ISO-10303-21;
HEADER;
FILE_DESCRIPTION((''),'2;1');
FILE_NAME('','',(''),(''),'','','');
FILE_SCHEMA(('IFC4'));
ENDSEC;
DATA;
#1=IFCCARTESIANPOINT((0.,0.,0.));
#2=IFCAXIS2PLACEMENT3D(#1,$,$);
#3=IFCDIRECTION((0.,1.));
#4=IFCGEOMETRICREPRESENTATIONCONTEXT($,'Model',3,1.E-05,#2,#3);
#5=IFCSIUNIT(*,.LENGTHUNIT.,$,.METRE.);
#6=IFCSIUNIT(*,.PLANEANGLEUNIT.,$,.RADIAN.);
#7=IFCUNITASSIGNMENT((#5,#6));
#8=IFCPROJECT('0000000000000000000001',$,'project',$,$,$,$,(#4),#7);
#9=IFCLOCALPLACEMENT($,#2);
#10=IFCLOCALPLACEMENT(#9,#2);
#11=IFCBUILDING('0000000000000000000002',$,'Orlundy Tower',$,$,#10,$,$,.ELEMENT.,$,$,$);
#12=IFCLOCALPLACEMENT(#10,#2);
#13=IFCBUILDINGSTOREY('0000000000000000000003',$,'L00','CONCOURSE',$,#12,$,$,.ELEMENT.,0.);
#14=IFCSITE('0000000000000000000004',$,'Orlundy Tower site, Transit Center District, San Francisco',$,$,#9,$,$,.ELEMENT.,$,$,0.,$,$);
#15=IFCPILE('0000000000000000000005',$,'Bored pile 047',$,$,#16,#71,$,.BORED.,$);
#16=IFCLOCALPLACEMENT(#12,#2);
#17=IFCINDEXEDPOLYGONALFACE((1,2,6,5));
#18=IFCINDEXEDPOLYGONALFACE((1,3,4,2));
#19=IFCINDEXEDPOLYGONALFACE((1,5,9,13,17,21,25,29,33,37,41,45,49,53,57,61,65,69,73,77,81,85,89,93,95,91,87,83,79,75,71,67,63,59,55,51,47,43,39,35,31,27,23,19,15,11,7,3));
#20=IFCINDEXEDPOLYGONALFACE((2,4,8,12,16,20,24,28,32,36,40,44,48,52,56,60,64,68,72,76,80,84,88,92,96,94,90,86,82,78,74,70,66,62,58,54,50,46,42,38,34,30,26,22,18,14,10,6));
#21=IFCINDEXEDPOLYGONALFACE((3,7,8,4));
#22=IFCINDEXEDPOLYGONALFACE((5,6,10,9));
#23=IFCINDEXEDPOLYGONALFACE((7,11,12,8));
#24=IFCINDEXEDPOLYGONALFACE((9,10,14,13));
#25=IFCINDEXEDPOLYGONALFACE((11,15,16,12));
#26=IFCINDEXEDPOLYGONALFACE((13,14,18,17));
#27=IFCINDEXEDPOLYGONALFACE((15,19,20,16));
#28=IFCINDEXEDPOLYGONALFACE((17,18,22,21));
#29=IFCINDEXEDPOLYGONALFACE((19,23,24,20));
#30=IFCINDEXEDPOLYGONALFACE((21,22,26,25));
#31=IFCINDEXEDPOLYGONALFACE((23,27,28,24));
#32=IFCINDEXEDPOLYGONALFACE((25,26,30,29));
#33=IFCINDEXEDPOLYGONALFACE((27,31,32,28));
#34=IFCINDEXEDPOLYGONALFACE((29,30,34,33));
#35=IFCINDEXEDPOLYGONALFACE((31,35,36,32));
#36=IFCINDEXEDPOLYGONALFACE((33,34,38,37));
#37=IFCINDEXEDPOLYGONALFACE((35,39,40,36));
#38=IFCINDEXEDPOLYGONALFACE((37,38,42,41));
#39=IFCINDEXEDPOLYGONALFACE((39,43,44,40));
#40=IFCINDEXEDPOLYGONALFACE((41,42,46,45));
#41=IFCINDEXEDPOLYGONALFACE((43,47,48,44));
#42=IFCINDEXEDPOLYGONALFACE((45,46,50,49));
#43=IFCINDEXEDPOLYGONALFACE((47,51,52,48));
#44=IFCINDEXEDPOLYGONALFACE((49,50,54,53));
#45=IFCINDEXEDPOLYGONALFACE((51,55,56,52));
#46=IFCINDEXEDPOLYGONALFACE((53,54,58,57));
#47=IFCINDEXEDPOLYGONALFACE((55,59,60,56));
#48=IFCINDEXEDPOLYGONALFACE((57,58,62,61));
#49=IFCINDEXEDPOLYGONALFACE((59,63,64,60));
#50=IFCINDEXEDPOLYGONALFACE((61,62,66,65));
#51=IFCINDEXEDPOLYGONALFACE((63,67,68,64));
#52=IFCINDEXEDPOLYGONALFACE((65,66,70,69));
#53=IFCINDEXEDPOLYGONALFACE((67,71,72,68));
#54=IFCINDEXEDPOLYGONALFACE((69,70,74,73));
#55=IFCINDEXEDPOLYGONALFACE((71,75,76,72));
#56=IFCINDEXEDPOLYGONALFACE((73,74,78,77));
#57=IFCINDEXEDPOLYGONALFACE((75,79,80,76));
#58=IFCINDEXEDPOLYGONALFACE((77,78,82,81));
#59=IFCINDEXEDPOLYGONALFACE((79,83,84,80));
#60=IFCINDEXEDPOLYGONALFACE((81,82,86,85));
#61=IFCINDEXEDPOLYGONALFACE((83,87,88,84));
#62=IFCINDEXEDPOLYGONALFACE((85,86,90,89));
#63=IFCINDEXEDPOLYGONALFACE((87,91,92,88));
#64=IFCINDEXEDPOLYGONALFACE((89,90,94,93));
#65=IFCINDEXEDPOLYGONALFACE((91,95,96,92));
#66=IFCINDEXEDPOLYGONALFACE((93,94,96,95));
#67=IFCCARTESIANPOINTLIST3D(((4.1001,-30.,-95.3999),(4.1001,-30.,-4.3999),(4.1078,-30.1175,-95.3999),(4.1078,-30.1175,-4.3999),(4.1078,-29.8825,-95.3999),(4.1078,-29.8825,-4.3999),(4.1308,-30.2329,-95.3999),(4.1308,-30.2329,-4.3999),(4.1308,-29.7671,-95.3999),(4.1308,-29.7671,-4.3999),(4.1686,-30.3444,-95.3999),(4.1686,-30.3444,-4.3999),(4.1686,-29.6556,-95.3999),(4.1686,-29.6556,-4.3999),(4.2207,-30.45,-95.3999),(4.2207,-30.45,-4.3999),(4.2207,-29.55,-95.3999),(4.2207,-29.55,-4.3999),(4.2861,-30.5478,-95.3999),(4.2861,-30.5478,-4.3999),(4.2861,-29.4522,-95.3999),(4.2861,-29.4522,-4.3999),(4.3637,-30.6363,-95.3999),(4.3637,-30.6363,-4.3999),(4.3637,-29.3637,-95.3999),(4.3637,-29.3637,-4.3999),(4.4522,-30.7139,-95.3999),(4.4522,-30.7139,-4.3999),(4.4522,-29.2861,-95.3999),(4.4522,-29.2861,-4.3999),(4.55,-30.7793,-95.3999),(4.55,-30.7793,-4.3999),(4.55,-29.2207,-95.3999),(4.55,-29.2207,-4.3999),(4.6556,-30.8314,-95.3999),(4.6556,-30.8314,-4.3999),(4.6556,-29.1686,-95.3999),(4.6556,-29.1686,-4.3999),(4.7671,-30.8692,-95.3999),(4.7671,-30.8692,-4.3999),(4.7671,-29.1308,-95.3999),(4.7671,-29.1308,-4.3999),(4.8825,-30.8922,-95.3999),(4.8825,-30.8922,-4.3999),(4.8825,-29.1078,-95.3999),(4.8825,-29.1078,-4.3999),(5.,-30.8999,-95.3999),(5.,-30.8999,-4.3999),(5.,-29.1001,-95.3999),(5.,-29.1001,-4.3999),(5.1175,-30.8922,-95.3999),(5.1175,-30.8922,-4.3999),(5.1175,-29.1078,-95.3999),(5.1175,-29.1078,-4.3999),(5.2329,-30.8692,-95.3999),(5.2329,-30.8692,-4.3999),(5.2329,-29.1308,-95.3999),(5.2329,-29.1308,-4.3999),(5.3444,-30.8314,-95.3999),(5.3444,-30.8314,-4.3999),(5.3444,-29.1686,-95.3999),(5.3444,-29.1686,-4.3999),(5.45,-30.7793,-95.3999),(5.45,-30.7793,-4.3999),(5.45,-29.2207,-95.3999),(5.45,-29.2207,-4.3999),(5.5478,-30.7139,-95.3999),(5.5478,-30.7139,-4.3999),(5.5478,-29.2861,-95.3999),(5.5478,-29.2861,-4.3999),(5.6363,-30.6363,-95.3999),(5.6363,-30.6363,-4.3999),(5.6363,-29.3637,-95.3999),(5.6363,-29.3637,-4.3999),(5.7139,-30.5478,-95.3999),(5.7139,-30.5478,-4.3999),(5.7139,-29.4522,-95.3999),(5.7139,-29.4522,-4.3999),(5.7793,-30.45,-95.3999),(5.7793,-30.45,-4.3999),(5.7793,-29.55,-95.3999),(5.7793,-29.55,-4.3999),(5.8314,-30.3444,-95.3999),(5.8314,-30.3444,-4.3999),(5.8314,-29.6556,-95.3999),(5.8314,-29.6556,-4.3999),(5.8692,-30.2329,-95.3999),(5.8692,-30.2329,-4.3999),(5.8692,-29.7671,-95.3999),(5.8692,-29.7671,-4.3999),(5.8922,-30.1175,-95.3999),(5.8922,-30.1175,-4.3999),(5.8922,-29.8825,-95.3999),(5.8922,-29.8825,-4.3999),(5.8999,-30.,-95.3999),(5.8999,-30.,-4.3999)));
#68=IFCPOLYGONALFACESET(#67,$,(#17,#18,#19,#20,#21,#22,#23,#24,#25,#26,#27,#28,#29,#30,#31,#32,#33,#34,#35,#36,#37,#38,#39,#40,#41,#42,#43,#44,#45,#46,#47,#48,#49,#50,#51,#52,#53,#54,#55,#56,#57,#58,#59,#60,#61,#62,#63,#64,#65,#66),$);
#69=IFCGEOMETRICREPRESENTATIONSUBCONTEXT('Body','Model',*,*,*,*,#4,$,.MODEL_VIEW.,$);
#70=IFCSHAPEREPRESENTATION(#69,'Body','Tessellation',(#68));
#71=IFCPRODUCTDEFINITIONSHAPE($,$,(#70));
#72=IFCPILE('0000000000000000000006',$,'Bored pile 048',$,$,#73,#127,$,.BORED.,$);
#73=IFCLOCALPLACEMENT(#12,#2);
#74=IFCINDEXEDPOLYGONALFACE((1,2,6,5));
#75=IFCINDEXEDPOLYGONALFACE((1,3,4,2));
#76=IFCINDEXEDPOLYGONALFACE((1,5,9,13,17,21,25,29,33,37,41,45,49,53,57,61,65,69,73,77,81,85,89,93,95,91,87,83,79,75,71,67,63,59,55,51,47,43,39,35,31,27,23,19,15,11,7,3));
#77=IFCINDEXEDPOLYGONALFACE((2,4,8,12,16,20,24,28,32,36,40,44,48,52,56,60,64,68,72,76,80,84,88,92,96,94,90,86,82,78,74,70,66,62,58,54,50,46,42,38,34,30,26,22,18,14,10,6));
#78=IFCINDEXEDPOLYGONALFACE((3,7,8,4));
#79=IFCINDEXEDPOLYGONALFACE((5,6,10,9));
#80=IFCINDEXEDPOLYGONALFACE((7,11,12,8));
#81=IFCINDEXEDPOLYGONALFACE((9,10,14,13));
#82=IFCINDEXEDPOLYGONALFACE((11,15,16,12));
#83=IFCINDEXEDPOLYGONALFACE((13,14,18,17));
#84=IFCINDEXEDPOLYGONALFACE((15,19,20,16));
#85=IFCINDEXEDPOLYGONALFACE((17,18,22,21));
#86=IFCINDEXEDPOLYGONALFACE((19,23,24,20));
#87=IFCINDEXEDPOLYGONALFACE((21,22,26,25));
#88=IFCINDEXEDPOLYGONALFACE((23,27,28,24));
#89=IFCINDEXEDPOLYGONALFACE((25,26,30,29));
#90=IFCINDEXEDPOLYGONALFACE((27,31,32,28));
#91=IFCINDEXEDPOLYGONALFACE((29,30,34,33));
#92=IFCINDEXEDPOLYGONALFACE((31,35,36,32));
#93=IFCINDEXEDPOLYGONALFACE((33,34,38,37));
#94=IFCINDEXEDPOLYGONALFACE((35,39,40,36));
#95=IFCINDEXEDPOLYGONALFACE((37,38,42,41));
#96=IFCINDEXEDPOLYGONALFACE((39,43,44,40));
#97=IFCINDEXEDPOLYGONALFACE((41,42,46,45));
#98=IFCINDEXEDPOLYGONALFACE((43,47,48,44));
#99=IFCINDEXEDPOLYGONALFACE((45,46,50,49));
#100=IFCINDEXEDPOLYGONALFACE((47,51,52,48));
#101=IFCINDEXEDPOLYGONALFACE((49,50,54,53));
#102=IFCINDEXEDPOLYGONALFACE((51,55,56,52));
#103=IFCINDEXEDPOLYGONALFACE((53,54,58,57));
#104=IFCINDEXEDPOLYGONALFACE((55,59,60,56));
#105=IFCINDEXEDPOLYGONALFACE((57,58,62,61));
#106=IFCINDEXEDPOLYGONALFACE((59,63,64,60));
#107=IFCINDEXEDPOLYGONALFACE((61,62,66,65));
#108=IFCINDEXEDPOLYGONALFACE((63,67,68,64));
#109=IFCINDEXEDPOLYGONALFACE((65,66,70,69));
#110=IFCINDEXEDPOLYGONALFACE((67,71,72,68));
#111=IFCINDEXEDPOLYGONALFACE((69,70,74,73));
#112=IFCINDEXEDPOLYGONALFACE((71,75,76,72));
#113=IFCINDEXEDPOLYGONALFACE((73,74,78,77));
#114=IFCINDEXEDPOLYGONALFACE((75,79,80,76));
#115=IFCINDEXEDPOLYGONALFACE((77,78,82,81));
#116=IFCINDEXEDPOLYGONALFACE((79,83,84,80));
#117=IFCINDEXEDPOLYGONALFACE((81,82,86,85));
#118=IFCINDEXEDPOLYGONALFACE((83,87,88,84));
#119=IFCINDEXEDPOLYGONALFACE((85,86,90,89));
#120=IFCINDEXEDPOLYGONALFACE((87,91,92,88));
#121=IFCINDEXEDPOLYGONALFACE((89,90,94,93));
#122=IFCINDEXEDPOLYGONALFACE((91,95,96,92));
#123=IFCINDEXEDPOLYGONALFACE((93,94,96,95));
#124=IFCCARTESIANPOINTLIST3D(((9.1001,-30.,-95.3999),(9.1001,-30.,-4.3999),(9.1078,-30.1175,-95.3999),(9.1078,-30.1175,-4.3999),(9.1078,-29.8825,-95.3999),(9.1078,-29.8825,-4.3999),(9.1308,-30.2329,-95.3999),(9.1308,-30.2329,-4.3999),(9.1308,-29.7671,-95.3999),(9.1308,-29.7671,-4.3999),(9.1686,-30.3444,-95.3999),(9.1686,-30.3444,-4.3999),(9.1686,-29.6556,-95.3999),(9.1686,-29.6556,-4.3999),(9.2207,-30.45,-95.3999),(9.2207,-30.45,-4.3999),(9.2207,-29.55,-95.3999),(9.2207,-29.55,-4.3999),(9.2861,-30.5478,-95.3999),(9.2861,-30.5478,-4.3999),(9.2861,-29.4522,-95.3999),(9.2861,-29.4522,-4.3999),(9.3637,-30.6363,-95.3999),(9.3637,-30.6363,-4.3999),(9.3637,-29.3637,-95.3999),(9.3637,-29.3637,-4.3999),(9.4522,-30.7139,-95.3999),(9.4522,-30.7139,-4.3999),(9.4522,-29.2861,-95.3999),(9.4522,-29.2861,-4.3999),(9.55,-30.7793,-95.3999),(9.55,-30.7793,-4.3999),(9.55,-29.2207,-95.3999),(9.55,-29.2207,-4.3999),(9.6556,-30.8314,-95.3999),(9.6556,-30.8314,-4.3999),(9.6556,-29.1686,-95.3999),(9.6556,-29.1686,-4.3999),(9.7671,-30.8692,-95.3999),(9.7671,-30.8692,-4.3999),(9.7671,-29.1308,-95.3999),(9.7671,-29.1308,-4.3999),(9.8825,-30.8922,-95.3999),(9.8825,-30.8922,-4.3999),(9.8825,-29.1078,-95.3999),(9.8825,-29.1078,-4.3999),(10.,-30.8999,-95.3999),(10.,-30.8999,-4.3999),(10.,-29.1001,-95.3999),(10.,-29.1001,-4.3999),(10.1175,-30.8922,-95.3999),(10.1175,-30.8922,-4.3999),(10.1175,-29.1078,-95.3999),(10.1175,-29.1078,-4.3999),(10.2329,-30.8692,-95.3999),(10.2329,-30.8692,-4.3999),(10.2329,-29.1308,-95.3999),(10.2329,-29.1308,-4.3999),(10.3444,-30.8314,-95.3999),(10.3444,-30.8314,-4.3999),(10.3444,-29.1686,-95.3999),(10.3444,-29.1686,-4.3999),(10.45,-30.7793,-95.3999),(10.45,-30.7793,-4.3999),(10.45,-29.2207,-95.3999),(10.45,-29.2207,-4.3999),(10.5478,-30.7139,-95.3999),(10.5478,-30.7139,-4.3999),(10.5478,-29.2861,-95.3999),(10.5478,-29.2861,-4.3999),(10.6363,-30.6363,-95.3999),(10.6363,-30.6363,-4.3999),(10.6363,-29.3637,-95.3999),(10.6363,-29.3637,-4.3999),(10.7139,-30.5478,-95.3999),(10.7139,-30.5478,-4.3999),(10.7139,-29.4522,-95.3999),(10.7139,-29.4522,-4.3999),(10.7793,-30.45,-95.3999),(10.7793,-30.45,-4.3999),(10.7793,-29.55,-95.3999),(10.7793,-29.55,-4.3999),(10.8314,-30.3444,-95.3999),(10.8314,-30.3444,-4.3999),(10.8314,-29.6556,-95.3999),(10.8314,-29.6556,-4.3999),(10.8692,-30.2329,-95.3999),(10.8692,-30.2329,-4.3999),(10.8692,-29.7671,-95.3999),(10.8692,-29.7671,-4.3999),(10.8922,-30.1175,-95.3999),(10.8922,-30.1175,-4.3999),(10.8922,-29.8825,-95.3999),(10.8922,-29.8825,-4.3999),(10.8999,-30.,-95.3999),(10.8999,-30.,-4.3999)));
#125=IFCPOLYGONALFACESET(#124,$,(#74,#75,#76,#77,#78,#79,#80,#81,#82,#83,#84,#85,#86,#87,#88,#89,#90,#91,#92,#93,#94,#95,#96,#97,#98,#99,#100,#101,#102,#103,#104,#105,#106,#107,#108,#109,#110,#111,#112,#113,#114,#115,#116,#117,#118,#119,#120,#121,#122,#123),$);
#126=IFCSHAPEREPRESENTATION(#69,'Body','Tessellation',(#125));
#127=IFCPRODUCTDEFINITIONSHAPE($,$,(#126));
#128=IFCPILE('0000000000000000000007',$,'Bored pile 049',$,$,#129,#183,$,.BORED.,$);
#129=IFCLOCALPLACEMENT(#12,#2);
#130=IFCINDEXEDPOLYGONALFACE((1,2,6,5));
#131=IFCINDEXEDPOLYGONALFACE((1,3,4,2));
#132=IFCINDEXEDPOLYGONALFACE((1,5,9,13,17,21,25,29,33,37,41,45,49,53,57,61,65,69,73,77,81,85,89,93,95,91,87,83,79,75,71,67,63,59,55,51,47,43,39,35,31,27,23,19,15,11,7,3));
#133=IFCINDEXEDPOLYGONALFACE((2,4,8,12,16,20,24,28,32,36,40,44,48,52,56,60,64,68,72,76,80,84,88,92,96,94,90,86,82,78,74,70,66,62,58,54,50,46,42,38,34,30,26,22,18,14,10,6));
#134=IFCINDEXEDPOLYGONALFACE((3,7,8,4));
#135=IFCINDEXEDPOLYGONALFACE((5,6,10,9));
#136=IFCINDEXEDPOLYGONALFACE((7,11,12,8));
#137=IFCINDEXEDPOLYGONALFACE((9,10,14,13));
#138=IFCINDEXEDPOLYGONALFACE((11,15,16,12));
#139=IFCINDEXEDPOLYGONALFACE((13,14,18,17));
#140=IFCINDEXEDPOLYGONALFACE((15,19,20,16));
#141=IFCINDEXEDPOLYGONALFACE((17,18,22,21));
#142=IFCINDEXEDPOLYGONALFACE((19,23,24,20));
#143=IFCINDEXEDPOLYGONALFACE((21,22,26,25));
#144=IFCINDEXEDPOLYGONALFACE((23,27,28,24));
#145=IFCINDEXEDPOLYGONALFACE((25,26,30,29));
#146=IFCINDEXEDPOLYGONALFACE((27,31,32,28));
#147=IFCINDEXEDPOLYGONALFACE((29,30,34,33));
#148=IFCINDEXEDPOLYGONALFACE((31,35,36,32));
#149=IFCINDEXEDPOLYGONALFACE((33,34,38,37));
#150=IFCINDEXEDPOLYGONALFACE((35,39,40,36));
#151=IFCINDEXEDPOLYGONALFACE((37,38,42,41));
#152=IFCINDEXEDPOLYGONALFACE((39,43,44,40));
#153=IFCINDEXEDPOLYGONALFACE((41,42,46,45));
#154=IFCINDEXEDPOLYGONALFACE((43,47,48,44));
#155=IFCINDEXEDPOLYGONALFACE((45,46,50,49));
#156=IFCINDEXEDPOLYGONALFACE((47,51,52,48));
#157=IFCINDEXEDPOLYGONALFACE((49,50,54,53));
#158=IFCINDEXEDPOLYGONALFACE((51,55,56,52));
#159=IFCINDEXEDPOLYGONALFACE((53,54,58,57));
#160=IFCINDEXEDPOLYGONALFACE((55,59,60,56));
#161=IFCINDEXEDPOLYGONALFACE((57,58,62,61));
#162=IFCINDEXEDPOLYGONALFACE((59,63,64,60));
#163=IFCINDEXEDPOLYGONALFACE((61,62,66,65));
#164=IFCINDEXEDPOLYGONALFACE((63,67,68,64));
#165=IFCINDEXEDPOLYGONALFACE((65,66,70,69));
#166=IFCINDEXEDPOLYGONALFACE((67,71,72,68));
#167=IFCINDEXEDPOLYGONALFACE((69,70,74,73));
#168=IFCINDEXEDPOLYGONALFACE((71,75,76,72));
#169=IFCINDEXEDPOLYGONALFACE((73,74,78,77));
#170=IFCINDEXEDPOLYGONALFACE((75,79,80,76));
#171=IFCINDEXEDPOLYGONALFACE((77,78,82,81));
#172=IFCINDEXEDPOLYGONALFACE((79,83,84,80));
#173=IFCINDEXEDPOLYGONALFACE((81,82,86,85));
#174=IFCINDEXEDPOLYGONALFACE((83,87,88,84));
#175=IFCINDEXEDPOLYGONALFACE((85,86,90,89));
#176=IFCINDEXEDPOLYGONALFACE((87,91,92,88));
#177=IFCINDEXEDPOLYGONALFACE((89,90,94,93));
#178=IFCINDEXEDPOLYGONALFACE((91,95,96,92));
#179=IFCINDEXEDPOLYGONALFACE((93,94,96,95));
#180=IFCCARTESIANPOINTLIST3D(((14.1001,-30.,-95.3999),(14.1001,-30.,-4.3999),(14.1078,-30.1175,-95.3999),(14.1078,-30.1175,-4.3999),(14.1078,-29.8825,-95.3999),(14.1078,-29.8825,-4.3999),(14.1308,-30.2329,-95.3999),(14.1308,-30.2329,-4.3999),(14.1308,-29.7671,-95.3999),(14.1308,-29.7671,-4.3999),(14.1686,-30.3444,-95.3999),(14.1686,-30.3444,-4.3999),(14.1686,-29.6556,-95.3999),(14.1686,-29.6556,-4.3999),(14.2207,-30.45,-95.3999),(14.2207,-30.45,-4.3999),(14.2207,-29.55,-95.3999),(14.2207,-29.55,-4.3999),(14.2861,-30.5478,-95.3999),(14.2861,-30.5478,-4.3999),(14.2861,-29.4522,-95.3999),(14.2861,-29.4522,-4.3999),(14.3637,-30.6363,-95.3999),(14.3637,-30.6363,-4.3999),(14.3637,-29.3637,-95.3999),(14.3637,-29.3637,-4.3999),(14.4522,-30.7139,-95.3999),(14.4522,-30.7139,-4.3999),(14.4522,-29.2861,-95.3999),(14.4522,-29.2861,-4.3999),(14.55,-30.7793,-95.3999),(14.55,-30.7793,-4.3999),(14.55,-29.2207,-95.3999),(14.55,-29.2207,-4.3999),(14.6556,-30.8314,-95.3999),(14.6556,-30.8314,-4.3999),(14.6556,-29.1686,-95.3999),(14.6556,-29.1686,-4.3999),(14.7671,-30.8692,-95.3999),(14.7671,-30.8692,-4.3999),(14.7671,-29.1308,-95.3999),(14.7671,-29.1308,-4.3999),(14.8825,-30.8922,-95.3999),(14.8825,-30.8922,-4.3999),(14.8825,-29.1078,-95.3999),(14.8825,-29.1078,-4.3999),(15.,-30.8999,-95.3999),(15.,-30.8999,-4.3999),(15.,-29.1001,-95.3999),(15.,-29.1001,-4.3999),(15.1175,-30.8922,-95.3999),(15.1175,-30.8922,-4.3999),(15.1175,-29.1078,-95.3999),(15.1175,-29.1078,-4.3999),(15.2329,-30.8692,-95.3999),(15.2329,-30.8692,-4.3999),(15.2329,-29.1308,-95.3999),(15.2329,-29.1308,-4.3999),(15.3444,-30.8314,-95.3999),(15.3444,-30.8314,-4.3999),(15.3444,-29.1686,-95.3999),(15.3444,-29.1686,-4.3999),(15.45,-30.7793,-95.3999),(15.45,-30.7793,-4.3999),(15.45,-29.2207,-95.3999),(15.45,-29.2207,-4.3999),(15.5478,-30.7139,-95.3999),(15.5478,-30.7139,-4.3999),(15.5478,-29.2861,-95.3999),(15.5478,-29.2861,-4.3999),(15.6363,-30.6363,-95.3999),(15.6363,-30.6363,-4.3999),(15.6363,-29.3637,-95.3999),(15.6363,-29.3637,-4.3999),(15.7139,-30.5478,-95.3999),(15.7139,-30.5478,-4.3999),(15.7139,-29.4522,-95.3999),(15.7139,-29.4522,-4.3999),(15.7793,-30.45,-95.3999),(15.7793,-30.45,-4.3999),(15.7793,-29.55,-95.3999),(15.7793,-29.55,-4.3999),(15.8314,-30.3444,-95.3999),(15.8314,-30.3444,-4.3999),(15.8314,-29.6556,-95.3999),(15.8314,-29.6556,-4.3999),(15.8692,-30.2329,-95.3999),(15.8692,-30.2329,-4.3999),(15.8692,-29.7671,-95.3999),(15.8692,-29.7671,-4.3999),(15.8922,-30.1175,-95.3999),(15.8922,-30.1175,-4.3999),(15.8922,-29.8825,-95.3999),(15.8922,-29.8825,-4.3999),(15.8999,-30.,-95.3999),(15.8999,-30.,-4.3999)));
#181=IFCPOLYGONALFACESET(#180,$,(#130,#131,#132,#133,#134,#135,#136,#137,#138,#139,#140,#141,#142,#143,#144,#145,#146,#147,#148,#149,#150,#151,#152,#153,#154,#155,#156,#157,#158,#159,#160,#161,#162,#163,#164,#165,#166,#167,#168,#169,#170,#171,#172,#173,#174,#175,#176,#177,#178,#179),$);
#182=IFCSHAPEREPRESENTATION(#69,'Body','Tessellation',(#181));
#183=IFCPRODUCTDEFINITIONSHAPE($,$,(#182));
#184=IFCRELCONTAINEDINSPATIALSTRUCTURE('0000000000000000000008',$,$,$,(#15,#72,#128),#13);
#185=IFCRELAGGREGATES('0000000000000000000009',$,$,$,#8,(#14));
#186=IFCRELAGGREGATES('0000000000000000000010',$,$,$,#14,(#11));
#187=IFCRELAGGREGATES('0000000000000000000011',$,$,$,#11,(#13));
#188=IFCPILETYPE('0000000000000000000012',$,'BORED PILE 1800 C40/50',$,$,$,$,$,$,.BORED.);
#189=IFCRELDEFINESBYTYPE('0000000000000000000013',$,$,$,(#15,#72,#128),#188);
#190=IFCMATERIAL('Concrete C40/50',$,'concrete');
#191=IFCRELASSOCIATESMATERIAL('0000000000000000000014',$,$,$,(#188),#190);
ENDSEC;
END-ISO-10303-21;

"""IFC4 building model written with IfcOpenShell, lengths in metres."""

from ifc_helpers import new_model, si_unit, direction, frame, origin, origin_2d, place, context, subcontext, project, spatial, circle, extrude, material, material_profile, profile_set, type_object, element, save


model = new_model("IFC4")

# Units and contexts
model_context = context("Model", 3, precision=1e-05, world=origin(), true_north=direction((0.0, 1.0)))
body_context = subcontext(model_context, "Body", "Model", "MODEL_VIEW")
ifc_project = project(units=[si_unit("LENGTHUNIT", "METRE"), si_unit("PLANEANGLEUNIT", "RADIAN")], contexts=[model_context])

# Site, building, storey
site_placement = place(None, origin())
site = spatial("IfcSite", under=ifc_project, at=site_placement, Name="Orlundy Tower site, Transit Center District, San Francisco", CompositionType="ELEMENT", RefElevation=0.0)
building_placement = place(site_placement, origin())
building = spatial("IfcBuilding", under=site, at=building_placement, Name="Orlundy Tower", CompositionType="ELEMENT")
storey_placement = place(building_placement, origin())
storey = spatial("IfcBuildingStorey", under=building, at=storey_placement, Name="L00", Description="CONCOURSE", CompositionType="ELEMENT", Elevation=0.0)

# Piles
ifc_material_1 = material(Name="Concrete C40/50", Category="concrete")
ifc_material_profile_1 = material_profile(ifc_material_1, circle(Radius=0.8999, at=origin_2d()), Name="BP1800")
ifc_profile_set_1 = profile_set([ifc_material_profile_1], Name="Concrete C40/50")
pile_type = type_object("IfcPileType", Name="BORED PILE 1800 C40/50", PredefinedType="BORED", material=ifc_profile_set_1)
for number, where, z_axis, x_axis, name in (
    (1, (5.0, -30.0, -4.3999), (0.0, 0.0, -1.0), (1.0, 0.0, 0.0), "Bored pile 047"),
    (2, (10.0, -30.0, -4.3999), (0.0, 0.0, -1.0), (1.0, 0.0, 0.0), "Bored pile 048"),
    (3, (15.0, -30.0, -4.3999), (0.0, 0.0, -1.0), (1.0, 0.0, 0.0), "Bored pile 049"),
):
    element("IfcPile", number, at=place(storey_placement, frame(where, z_axis=z_axis, x_axis=x_axis)), inside=storey, type_object=pile_type, Name=name, PredefinedType="BORED", context=body_context, shape_type="SweptSolid", body=[
        extrude(circle(Radius=0.8999, at=origin_2d()), origin(), (0.0, 0.0, 1.0), 91.0),
    ])

save(model, "model.ifc")
